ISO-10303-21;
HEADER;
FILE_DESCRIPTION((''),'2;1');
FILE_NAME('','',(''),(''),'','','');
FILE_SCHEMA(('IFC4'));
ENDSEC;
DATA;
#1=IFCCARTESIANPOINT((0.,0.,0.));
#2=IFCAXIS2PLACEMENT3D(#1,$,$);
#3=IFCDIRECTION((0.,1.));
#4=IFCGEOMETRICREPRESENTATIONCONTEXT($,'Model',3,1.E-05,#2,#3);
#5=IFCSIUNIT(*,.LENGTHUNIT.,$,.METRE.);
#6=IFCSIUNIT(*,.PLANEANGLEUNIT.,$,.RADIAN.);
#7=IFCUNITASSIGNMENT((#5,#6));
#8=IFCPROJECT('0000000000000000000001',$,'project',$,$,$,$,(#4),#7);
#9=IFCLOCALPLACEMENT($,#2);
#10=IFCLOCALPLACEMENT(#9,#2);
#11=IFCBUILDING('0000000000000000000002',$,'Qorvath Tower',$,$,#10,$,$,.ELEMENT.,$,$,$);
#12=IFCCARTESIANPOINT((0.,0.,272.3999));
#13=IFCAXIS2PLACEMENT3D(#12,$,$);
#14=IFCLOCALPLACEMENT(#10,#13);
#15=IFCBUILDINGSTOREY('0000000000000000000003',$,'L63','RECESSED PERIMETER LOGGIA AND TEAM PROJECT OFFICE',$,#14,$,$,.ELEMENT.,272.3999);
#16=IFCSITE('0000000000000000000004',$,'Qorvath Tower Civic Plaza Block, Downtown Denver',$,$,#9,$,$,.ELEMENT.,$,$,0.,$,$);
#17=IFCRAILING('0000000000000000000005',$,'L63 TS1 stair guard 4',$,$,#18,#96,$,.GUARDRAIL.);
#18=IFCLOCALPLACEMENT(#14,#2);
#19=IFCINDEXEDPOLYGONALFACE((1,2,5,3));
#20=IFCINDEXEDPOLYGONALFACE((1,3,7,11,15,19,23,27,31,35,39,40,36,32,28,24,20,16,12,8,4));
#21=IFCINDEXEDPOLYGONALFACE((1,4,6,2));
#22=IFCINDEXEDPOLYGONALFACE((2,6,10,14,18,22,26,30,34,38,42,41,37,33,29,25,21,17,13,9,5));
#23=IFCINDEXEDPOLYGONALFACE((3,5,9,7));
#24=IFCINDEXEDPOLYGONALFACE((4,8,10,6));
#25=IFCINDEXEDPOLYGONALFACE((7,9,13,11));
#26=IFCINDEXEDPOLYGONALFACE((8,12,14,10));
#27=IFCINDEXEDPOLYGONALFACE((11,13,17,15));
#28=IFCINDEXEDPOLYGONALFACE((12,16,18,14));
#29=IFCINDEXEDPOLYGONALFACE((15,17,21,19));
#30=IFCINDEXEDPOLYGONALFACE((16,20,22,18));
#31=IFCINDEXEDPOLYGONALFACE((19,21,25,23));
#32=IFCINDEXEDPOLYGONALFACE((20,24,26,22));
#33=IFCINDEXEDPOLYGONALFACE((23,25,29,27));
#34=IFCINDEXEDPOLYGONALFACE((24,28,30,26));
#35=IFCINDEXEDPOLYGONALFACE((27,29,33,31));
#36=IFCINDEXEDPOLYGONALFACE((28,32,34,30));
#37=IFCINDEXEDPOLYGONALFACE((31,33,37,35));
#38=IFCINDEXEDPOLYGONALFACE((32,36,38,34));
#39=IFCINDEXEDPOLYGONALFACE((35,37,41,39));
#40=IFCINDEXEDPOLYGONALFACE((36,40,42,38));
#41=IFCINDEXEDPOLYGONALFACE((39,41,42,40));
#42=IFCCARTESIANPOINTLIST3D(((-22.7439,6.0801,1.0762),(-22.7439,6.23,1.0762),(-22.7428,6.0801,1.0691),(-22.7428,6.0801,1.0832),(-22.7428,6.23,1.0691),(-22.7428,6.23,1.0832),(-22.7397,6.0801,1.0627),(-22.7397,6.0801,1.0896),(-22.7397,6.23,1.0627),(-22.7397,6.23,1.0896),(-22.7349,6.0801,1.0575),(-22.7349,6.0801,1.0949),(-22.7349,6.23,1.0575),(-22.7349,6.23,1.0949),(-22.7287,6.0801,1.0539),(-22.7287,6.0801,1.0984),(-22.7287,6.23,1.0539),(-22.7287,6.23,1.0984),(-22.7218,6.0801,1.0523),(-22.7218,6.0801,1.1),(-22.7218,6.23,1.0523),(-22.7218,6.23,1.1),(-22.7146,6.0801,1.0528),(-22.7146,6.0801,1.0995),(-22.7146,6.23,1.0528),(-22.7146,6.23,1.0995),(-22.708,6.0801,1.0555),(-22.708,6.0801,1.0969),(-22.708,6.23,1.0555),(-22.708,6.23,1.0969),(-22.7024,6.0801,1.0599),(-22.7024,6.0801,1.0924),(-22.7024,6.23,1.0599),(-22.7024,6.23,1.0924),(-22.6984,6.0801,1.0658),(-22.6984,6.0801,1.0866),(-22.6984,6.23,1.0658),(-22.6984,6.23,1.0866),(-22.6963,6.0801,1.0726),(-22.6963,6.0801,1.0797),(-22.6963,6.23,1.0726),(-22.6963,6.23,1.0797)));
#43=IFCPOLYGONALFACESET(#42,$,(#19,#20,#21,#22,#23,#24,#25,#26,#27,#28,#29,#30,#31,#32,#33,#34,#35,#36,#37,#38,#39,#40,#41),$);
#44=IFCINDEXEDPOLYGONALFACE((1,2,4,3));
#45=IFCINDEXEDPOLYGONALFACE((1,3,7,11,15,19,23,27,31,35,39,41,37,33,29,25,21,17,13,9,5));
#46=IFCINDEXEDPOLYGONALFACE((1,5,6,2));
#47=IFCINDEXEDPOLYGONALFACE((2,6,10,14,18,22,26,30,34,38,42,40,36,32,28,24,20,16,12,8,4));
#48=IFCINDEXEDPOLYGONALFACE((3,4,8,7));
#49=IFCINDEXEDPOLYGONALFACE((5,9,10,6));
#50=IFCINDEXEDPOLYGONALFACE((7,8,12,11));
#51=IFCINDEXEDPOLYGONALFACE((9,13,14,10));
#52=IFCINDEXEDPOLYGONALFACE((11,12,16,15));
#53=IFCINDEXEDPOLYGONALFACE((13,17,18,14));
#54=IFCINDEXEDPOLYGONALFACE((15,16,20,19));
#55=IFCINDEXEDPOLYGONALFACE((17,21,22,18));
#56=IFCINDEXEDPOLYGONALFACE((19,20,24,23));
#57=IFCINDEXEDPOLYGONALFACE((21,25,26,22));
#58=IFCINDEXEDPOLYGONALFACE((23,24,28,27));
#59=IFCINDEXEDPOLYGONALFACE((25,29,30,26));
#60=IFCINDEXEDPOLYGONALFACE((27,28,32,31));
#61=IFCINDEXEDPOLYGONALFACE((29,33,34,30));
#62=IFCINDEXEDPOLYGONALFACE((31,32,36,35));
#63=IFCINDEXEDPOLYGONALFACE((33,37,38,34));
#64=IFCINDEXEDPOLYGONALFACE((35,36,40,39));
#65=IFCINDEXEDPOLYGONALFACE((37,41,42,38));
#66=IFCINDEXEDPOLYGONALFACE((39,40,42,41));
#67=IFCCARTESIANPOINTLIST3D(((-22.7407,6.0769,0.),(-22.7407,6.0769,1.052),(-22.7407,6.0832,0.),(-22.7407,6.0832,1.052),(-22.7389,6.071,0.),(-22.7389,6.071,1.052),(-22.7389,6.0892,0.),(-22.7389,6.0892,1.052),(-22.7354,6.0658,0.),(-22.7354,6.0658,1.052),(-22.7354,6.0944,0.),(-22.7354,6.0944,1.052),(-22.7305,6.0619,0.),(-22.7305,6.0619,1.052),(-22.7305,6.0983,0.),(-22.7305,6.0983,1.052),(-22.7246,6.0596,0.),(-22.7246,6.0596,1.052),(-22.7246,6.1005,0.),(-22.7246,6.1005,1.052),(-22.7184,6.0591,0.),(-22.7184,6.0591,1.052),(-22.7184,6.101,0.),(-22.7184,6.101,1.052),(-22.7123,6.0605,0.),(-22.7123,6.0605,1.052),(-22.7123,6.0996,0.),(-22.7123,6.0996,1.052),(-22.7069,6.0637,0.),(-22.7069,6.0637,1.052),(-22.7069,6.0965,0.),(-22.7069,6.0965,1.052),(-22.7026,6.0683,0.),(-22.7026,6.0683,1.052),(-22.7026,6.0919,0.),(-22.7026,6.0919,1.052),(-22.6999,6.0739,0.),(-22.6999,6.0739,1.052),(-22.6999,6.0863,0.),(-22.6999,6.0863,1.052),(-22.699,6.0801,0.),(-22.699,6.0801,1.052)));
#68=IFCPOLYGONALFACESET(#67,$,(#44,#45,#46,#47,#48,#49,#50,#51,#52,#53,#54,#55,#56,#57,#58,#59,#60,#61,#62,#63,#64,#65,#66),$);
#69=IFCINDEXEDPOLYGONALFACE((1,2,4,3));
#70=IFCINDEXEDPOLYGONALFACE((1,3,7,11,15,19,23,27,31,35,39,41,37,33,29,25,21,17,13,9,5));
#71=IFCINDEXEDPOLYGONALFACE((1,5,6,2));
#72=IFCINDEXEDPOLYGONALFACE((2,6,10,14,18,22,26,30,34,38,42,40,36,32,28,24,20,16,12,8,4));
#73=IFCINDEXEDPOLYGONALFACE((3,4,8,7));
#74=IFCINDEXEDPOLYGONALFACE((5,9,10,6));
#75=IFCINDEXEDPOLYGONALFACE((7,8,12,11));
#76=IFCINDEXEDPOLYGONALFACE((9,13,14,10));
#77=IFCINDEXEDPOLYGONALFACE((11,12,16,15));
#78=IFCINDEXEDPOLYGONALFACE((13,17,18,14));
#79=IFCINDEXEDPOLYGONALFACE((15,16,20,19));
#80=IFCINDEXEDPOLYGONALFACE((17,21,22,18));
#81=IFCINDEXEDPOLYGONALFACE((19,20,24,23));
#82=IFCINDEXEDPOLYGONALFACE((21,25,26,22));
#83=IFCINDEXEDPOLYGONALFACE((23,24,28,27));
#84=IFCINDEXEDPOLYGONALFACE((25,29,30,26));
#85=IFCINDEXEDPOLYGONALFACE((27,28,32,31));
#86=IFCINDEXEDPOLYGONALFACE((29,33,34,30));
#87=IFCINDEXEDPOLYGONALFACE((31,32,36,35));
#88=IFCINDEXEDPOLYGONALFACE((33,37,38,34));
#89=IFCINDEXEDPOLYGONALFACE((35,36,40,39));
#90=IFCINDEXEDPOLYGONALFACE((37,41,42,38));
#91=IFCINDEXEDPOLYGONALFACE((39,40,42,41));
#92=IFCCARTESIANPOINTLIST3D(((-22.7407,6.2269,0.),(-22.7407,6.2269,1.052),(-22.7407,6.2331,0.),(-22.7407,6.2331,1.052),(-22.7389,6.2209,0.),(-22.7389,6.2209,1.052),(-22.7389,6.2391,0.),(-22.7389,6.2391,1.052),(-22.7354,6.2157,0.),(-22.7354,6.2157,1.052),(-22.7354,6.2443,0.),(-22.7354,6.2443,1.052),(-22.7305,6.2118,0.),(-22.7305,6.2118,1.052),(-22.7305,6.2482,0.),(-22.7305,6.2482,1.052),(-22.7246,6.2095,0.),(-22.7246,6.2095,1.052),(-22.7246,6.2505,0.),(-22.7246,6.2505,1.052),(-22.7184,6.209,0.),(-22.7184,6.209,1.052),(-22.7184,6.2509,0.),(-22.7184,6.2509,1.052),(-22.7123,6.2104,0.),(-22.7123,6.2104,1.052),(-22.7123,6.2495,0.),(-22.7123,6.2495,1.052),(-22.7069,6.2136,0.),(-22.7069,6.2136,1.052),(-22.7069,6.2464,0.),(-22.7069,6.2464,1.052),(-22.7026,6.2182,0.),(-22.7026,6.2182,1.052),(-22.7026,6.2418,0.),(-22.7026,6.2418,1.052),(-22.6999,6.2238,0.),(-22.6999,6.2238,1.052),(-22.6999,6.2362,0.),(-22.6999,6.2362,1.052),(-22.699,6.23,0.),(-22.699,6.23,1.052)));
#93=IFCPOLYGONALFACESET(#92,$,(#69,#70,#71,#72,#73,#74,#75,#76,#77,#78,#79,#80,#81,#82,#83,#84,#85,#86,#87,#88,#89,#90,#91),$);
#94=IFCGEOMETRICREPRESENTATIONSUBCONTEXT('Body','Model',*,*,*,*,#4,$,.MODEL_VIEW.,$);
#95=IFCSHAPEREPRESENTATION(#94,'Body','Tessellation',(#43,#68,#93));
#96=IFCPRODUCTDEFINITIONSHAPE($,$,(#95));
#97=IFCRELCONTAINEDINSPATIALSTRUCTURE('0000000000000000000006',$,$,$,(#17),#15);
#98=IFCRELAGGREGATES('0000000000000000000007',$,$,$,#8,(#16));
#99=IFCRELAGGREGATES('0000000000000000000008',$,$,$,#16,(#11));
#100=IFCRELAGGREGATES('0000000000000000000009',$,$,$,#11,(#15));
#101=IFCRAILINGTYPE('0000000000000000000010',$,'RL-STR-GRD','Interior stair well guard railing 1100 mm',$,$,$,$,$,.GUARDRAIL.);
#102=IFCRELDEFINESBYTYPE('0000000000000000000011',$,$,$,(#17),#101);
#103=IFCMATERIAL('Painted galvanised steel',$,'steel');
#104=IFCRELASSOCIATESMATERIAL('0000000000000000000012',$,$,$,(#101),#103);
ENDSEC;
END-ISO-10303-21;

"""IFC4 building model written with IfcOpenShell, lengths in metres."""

from ifc_helpers import new_model, si_unit, direction, frame, origin, origin_2d, place, context, subcontext, project, spatial, circle, extrude, material, type_object, element, save


model = new_model("IFC4")

# Units and contexts
model_context = context("Model", 3, precision=1e-05, world=origin(), true_north=direction((0.0, 1.0)))
body_context = subcontext(model_context, "Body", "Model", "MODEL_VIEW")
ifc_project = project(units=[si_unit("LENGTHUNIT", "METRE"), si_unit("PLANEANGLEUNIT", "RADIAN")], contexts=[model_context])

# Site, building, storey
site_placement = place(None, origin())
site = spatial("IfcSite", under=ifc_project, at=site_placement, Name="Qorvath Tower Civic Plaza Block, Downtown Denver", CompositionType="ELEMENT", RefElevation=0.0)
building_placement = place(site_placement, origin())
building = spatial("IfcBuilding", under=site, at=building_placement, Name="Qorvath Tower", CompositionType="ELEMENT")
storey_placement = place(building_placement, frame((0.0, 0.0, 272.3999)))
storey = spatial("IfcBuildingStorey", under=building, at=storey_placement, Name="L63", Description="RECESSED PERIMETER LOGGIA AND TEAM PROJECT OFFICE", CompositionType="ELEMENT", Elevation=272.3999)

# Railing
ifc_material_1 = material(Name="Painted galvanised steel", Category="steel")
railing_type_1 = type_object("IfcRailingType", Name="RL-STR-GRD", Description="Interior stair well guard railing 1100 mm", PredefinedType="GUARDRAIL", material=ifc_material_1)
railing_1_placement = place(storey_placement, frame((-22.72, 6.0801, 0.0)))
element("IfcRailing", 1, at=railing_1_placement, inside=storey, type_object=railing_type_1, Name="L63 TS1 stair guard 4", PredefinedType="GUARDRAIL", context=body_context, shape_type="SweptSolid", body=[
    extrude(circle(Radius=0.0239, at=origin_2d()), frame((0.0, 0.0, 1.0762), z_axis=(0.0, 1.0, 0.0), x_axis=(-1.0, 0.0, 0.0)), (0.0, 0.0, 1.0), 0.1499),
    extrude(circle(Radius=0.021, at=origin_2d()), origin(), (0.0, 0.0, 1.0), 1.052),
    extrude(circle(Radius=0.021, at=origin_2d()), frame((0.0, 0.1499, 0.0)), (0.0, 0.0, 1.0), 1.052),
])

save(model, "model.ifc")
